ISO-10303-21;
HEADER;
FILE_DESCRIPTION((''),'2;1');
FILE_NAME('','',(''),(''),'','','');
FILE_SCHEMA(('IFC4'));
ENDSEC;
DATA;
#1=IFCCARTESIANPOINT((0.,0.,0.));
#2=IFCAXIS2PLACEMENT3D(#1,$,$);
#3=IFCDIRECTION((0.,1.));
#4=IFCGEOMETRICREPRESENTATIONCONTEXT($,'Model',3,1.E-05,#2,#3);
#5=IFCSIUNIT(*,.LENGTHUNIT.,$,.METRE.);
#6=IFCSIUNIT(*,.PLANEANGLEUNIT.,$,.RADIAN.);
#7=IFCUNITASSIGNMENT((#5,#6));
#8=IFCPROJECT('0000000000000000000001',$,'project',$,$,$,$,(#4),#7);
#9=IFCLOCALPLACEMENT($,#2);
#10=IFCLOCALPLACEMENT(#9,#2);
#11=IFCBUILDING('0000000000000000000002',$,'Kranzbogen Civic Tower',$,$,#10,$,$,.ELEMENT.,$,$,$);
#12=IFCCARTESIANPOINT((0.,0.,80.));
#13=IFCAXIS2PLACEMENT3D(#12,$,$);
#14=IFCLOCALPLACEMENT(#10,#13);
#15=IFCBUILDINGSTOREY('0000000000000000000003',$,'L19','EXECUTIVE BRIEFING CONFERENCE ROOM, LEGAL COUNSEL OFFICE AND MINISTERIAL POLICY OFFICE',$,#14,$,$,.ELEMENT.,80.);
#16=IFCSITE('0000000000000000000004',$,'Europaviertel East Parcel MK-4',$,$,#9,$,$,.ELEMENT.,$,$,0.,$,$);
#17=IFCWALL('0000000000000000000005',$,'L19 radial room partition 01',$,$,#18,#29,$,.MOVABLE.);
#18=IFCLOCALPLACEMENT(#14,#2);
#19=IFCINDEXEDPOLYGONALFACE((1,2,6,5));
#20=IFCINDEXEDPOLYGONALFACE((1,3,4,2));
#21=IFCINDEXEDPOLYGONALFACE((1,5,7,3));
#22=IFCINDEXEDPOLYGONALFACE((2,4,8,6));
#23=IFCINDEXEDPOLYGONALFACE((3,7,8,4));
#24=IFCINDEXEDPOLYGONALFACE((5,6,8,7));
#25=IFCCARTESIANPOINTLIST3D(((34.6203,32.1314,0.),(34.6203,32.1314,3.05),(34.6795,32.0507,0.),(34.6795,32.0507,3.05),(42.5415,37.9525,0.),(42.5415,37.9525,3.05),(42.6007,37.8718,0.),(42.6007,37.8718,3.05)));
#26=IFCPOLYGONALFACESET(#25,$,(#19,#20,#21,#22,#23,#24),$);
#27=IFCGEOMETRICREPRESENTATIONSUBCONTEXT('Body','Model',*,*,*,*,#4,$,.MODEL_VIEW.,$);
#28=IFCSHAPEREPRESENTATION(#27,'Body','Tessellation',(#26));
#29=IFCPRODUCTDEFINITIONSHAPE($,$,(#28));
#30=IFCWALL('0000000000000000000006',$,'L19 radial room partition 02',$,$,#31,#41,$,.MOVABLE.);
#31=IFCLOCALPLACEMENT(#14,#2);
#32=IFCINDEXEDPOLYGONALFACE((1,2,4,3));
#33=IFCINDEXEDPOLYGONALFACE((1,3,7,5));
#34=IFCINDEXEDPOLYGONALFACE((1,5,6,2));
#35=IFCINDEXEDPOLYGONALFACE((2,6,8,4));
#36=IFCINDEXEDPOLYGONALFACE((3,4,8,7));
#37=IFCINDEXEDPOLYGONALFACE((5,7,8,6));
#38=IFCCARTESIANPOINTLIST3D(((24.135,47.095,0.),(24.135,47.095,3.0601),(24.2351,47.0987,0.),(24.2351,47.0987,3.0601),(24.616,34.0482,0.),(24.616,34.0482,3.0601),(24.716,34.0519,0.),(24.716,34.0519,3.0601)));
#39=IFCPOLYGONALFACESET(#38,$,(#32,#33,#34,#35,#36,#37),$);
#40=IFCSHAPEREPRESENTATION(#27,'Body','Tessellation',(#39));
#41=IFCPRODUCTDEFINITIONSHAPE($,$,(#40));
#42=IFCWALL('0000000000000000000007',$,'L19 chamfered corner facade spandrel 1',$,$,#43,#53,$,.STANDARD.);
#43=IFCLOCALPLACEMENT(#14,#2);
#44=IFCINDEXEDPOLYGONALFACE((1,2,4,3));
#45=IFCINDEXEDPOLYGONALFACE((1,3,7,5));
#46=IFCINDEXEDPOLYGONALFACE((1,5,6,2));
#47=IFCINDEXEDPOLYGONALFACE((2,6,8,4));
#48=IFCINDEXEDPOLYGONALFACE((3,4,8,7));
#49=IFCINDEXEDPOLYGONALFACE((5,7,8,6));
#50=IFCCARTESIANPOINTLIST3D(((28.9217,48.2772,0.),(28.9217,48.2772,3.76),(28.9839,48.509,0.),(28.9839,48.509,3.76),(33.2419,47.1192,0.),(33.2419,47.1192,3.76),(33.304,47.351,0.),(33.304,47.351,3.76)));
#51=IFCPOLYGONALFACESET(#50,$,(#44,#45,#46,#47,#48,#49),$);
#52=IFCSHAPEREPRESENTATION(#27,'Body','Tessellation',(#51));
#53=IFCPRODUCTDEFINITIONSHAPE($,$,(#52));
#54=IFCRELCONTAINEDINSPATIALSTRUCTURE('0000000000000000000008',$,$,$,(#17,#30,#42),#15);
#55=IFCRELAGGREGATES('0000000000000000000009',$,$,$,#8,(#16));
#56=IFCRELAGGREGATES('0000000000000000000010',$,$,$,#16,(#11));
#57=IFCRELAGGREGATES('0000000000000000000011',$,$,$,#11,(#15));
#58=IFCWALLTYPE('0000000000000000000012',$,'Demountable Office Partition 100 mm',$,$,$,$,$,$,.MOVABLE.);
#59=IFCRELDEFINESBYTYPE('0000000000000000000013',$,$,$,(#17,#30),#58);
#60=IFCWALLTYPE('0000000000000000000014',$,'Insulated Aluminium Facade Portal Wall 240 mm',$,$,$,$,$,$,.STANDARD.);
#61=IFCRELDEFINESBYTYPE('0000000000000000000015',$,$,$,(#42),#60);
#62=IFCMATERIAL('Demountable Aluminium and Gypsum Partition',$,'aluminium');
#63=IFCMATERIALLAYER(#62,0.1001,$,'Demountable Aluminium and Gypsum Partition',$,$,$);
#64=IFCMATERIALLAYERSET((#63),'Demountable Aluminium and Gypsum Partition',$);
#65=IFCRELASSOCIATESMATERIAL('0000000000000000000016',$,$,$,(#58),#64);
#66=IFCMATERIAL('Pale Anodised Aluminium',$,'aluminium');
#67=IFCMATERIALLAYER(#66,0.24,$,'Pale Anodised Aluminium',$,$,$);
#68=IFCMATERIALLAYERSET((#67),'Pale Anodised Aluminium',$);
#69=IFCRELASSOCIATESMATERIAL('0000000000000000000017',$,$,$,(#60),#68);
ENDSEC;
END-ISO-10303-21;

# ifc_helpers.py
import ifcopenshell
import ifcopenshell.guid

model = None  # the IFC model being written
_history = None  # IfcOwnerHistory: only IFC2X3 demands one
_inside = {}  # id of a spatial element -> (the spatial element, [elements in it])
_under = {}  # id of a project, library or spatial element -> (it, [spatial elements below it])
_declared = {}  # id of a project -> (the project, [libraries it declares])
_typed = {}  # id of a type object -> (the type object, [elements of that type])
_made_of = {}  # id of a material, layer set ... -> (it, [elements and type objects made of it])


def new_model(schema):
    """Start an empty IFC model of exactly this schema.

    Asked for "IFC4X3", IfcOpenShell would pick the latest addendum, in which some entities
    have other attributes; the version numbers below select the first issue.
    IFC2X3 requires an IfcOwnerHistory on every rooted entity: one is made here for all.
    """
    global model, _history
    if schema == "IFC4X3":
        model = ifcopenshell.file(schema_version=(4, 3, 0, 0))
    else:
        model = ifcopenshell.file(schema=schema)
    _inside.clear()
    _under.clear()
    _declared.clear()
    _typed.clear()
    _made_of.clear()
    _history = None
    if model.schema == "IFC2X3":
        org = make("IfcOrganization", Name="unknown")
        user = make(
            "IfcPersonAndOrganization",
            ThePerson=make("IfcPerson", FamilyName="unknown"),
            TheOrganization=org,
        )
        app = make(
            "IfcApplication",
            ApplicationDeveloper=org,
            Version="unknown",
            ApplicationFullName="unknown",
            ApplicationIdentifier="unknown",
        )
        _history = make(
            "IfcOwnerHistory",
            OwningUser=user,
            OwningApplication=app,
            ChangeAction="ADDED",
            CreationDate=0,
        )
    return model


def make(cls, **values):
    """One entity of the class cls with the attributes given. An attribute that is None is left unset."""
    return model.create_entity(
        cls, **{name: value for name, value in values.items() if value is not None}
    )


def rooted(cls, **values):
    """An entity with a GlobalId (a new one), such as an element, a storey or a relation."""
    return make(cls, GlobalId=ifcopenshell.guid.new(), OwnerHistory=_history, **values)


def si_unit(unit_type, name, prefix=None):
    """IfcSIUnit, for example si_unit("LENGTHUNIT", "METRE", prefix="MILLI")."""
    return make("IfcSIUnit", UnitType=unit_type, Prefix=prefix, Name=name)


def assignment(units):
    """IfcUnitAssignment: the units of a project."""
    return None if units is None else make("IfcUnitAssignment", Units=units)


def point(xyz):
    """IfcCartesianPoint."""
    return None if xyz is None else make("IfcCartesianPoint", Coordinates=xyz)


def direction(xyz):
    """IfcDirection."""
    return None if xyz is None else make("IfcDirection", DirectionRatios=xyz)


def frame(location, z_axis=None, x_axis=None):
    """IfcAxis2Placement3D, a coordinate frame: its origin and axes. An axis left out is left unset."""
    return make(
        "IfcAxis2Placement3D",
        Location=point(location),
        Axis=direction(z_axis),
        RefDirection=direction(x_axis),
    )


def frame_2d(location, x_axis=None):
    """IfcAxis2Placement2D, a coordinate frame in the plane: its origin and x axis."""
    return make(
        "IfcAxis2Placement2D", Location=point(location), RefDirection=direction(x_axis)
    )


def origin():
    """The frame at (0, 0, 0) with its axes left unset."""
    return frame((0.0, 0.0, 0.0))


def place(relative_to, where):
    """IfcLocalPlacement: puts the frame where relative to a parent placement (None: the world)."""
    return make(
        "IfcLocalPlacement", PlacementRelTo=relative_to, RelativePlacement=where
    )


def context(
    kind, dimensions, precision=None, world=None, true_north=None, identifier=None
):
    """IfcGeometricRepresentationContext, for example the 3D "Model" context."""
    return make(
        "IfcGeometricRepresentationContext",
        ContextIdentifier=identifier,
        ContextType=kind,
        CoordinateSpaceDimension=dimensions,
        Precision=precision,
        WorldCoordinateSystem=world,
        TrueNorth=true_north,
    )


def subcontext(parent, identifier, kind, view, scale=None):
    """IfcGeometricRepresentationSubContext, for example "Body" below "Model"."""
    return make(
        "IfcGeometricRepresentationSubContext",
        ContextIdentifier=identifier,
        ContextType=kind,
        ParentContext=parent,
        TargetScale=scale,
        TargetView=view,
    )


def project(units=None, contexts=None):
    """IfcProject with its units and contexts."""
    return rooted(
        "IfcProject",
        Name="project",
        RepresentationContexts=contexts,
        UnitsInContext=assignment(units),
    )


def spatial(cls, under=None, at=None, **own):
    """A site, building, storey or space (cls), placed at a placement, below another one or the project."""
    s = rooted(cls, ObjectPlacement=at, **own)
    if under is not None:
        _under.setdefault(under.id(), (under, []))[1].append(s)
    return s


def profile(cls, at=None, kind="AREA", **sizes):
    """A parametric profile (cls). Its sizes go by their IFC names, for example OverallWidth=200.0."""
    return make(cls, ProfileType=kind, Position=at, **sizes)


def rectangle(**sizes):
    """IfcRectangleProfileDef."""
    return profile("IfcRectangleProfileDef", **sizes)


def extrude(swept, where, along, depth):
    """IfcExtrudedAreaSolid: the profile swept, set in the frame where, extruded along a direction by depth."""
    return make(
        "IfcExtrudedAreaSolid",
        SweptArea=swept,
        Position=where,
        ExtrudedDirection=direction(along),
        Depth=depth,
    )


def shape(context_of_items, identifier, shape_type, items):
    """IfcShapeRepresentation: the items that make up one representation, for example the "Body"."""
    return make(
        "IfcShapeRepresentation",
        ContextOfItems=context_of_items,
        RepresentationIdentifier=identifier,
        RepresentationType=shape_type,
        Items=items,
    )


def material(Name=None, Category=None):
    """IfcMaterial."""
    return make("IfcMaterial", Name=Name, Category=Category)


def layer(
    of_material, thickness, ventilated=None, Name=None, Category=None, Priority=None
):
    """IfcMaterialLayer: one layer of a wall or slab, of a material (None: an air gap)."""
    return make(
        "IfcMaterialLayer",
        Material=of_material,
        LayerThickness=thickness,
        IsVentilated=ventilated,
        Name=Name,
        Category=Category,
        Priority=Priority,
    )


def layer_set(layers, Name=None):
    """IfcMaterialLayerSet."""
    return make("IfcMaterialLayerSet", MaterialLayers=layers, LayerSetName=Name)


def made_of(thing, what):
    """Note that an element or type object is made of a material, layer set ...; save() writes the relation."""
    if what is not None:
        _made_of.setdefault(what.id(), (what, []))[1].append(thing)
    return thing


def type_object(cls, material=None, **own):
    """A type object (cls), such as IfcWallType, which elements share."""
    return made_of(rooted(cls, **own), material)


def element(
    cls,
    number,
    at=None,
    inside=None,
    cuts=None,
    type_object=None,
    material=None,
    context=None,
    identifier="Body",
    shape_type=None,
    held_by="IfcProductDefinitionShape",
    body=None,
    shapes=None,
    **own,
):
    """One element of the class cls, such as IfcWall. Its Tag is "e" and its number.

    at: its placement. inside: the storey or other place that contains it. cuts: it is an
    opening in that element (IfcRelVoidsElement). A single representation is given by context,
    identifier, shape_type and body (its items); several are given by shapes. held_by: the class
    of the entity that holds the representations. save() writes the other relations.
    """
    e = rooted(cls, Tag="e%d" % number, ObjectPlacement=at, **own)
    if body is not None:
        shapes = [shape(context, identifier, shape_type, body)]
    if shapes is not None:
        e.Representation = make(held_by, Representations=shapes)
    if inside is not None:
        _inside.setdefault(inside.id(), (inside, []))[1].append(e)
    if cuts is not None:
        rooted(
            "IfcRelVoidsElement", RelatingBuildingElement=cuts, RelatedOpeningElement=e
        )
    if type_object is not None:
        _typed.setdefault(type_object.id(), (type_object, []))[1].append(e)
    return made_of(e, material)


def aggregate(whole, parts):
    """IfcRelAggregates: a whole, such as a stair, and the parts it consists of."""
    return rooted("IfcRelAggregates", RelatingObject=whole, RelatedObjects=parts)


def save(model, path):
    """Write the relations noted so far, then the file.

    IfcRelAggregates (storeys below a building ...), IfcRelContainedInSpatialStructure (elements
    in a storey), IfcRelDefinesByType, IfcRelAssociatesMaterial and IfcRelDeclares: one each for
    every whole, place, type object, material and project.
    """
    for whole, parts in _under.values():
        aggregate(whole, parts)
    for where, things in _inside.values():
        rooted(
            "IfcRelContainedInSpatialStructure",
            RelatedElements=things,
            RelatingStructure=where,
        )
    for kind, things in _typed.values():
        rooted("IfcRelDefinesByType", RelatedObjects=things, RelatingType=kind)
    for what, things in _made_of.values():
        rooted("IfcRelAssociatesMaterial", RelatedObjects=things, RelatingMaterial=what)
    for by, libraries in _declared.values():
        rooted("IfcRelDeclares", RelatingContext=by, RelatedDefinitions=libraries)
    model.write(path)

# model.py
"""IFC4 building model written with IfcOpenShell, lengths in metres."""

from ifc_helpers import new_model, si_unit, direction, frame, frame_2d, origin, place, context, subcontext, project, spatial, rectangle, extrude, material, layer, layer_set, type_object, element, save


model = new_model("IFC4")

# Units and contexts
model_context = context("Model", 3, precision=1e-05, world=origin(), true_north=direction((0.0, 1.0)))
body_context = subcontext(model_context, "Body", "Model", "MODEL_VIEW")
ifc_project = project(units=[si_unit("LENGTHUNIT", "METRE"), si_unit("PLANEANGLEUNIT", "RADIAN")], contexts=[model_context])

# Site, building, storey
site_placement = place(None, origin())
site = spatial("IfcSite", under=ifc_project, at=site_placement, Name="Europaviertel East Parcel MK-4", CompositionType="ELEMENT", RefElevation=0.0)
building_placement = place(site_placement, origin())
building = spatial("IfcBuilding", under=site, at=building_placement, Name="Kranzbogen Civic Tower", CompositionType="ELEMENT")
storey_placement = place(building_placement, frame((0.0, 0.0, 80.0)))
storey = spatial("IfcBuildingStorey", under=building, at=storey_placement, Name="L19", Description="EXECUTIVE BRIEFING CONFERENCE ROOM, LEGAL COUNSEL OFFICE AND MINISTERIAL POLICY OFFICE", CompositionType="ELEMENT", Elevation=80.0)

# Shared definitions
ifc_material_1 = material(Name="Pale Anodised Aluminium", Category="aluminium")

# Walls
ifc_material_2 = material(Name="Demountable Aluminium and Gypsum Partition", Category="aluminium")
ifc_layer_1 = layer(ifc_material_2, 0.1001, Name="Demountable Aluminium and Gypsum Partition")
ifc_layer_set_1 = layer_set([ifc_layer_1], Name="Demountable Aluminium and Gypsum Partition")
wall_type_1 = type_object("IfcWallType", Name="Demountable Office Partition 100 mm", PredefinedType="MOVABLE", material=ifc_layer_set_1)
wall_1_placement = place(storey_placement, frame((34.6499, 32.0911, 0.0), z_axis=(0.0, 0.0, 1.0), x_axis=(0.805812, 0.592171, 0.0)))
element("IfcWall", 1, at=wall_1_placement, inside=storey, type_object=wall_type_1, Name="L19 radial room partition 01", PredefinedType="MOVABLE", context=body_context, shape_type="SweptSolid", body=[
    extrude(rectangle(XDim=9.8301, YDim=0.1001, at=frame_2d((4.915, 0.0))), origin(), (0.0, 0.0, 1.0), 3.05),
])
wall_2_placement = place(storey_placement, frame((24.666, 34.05, 0.0), z_axis=(0.0, 0.0, 1.0), x_axis=(-0.036839, 0.999321, 0.0)))
element("IfcWall", 2, at=wall_2_placement, inside=storey, type_object=wall_type_1, Name="L19 radial room partition 02", PredefinedType="MOVABLE", context=body_context, shape_type="SweptSolid", body=[
    extrude(rectangle(XDim=13.0557, YDim=0.1001, at=frame_2d((6.5278, 0.0))), origin(), (0.0, 0.0, 1.0), 3.0601),
])
ifc_layer_2 = layer(ifc_material_1, 0.24, Name="Pale Anodised Aluminium")
ifc_layer_set_2 = layer_set([ifc_layer_2], Name="Pale Anodised Aluminium")
wall_type_2 = type_object("IfcWallType", Name="Insulated Aluminium Facade Portal Wall 240 mm", PredefinedType="STANDARD", material=ifc_layer_set_2)
wall_3_placement = place(storey_placement, frame((33.2729, 47.2351, 0.0), z_axis=(0.0, 0.0, 1.0), x_axis=(-0.965903, 0.258903, 0.0)))
element("IfcWall", 3, at=wall_3_placement, inside=storey, type_object=wall_type_2, Name="L19 chamfered corner facade spandrel 1", PredefinedType="STANDARD", context=body_context, shape_type="SweptSolid", body=[
    extrude(rectangle(XDim=4.4727, YDim=0.24, at=frame_2d((2.2363, 0.0))), origin(), (0.0, 0.0, 1.0), 3.76),
])

save(model, "model.ifc")
